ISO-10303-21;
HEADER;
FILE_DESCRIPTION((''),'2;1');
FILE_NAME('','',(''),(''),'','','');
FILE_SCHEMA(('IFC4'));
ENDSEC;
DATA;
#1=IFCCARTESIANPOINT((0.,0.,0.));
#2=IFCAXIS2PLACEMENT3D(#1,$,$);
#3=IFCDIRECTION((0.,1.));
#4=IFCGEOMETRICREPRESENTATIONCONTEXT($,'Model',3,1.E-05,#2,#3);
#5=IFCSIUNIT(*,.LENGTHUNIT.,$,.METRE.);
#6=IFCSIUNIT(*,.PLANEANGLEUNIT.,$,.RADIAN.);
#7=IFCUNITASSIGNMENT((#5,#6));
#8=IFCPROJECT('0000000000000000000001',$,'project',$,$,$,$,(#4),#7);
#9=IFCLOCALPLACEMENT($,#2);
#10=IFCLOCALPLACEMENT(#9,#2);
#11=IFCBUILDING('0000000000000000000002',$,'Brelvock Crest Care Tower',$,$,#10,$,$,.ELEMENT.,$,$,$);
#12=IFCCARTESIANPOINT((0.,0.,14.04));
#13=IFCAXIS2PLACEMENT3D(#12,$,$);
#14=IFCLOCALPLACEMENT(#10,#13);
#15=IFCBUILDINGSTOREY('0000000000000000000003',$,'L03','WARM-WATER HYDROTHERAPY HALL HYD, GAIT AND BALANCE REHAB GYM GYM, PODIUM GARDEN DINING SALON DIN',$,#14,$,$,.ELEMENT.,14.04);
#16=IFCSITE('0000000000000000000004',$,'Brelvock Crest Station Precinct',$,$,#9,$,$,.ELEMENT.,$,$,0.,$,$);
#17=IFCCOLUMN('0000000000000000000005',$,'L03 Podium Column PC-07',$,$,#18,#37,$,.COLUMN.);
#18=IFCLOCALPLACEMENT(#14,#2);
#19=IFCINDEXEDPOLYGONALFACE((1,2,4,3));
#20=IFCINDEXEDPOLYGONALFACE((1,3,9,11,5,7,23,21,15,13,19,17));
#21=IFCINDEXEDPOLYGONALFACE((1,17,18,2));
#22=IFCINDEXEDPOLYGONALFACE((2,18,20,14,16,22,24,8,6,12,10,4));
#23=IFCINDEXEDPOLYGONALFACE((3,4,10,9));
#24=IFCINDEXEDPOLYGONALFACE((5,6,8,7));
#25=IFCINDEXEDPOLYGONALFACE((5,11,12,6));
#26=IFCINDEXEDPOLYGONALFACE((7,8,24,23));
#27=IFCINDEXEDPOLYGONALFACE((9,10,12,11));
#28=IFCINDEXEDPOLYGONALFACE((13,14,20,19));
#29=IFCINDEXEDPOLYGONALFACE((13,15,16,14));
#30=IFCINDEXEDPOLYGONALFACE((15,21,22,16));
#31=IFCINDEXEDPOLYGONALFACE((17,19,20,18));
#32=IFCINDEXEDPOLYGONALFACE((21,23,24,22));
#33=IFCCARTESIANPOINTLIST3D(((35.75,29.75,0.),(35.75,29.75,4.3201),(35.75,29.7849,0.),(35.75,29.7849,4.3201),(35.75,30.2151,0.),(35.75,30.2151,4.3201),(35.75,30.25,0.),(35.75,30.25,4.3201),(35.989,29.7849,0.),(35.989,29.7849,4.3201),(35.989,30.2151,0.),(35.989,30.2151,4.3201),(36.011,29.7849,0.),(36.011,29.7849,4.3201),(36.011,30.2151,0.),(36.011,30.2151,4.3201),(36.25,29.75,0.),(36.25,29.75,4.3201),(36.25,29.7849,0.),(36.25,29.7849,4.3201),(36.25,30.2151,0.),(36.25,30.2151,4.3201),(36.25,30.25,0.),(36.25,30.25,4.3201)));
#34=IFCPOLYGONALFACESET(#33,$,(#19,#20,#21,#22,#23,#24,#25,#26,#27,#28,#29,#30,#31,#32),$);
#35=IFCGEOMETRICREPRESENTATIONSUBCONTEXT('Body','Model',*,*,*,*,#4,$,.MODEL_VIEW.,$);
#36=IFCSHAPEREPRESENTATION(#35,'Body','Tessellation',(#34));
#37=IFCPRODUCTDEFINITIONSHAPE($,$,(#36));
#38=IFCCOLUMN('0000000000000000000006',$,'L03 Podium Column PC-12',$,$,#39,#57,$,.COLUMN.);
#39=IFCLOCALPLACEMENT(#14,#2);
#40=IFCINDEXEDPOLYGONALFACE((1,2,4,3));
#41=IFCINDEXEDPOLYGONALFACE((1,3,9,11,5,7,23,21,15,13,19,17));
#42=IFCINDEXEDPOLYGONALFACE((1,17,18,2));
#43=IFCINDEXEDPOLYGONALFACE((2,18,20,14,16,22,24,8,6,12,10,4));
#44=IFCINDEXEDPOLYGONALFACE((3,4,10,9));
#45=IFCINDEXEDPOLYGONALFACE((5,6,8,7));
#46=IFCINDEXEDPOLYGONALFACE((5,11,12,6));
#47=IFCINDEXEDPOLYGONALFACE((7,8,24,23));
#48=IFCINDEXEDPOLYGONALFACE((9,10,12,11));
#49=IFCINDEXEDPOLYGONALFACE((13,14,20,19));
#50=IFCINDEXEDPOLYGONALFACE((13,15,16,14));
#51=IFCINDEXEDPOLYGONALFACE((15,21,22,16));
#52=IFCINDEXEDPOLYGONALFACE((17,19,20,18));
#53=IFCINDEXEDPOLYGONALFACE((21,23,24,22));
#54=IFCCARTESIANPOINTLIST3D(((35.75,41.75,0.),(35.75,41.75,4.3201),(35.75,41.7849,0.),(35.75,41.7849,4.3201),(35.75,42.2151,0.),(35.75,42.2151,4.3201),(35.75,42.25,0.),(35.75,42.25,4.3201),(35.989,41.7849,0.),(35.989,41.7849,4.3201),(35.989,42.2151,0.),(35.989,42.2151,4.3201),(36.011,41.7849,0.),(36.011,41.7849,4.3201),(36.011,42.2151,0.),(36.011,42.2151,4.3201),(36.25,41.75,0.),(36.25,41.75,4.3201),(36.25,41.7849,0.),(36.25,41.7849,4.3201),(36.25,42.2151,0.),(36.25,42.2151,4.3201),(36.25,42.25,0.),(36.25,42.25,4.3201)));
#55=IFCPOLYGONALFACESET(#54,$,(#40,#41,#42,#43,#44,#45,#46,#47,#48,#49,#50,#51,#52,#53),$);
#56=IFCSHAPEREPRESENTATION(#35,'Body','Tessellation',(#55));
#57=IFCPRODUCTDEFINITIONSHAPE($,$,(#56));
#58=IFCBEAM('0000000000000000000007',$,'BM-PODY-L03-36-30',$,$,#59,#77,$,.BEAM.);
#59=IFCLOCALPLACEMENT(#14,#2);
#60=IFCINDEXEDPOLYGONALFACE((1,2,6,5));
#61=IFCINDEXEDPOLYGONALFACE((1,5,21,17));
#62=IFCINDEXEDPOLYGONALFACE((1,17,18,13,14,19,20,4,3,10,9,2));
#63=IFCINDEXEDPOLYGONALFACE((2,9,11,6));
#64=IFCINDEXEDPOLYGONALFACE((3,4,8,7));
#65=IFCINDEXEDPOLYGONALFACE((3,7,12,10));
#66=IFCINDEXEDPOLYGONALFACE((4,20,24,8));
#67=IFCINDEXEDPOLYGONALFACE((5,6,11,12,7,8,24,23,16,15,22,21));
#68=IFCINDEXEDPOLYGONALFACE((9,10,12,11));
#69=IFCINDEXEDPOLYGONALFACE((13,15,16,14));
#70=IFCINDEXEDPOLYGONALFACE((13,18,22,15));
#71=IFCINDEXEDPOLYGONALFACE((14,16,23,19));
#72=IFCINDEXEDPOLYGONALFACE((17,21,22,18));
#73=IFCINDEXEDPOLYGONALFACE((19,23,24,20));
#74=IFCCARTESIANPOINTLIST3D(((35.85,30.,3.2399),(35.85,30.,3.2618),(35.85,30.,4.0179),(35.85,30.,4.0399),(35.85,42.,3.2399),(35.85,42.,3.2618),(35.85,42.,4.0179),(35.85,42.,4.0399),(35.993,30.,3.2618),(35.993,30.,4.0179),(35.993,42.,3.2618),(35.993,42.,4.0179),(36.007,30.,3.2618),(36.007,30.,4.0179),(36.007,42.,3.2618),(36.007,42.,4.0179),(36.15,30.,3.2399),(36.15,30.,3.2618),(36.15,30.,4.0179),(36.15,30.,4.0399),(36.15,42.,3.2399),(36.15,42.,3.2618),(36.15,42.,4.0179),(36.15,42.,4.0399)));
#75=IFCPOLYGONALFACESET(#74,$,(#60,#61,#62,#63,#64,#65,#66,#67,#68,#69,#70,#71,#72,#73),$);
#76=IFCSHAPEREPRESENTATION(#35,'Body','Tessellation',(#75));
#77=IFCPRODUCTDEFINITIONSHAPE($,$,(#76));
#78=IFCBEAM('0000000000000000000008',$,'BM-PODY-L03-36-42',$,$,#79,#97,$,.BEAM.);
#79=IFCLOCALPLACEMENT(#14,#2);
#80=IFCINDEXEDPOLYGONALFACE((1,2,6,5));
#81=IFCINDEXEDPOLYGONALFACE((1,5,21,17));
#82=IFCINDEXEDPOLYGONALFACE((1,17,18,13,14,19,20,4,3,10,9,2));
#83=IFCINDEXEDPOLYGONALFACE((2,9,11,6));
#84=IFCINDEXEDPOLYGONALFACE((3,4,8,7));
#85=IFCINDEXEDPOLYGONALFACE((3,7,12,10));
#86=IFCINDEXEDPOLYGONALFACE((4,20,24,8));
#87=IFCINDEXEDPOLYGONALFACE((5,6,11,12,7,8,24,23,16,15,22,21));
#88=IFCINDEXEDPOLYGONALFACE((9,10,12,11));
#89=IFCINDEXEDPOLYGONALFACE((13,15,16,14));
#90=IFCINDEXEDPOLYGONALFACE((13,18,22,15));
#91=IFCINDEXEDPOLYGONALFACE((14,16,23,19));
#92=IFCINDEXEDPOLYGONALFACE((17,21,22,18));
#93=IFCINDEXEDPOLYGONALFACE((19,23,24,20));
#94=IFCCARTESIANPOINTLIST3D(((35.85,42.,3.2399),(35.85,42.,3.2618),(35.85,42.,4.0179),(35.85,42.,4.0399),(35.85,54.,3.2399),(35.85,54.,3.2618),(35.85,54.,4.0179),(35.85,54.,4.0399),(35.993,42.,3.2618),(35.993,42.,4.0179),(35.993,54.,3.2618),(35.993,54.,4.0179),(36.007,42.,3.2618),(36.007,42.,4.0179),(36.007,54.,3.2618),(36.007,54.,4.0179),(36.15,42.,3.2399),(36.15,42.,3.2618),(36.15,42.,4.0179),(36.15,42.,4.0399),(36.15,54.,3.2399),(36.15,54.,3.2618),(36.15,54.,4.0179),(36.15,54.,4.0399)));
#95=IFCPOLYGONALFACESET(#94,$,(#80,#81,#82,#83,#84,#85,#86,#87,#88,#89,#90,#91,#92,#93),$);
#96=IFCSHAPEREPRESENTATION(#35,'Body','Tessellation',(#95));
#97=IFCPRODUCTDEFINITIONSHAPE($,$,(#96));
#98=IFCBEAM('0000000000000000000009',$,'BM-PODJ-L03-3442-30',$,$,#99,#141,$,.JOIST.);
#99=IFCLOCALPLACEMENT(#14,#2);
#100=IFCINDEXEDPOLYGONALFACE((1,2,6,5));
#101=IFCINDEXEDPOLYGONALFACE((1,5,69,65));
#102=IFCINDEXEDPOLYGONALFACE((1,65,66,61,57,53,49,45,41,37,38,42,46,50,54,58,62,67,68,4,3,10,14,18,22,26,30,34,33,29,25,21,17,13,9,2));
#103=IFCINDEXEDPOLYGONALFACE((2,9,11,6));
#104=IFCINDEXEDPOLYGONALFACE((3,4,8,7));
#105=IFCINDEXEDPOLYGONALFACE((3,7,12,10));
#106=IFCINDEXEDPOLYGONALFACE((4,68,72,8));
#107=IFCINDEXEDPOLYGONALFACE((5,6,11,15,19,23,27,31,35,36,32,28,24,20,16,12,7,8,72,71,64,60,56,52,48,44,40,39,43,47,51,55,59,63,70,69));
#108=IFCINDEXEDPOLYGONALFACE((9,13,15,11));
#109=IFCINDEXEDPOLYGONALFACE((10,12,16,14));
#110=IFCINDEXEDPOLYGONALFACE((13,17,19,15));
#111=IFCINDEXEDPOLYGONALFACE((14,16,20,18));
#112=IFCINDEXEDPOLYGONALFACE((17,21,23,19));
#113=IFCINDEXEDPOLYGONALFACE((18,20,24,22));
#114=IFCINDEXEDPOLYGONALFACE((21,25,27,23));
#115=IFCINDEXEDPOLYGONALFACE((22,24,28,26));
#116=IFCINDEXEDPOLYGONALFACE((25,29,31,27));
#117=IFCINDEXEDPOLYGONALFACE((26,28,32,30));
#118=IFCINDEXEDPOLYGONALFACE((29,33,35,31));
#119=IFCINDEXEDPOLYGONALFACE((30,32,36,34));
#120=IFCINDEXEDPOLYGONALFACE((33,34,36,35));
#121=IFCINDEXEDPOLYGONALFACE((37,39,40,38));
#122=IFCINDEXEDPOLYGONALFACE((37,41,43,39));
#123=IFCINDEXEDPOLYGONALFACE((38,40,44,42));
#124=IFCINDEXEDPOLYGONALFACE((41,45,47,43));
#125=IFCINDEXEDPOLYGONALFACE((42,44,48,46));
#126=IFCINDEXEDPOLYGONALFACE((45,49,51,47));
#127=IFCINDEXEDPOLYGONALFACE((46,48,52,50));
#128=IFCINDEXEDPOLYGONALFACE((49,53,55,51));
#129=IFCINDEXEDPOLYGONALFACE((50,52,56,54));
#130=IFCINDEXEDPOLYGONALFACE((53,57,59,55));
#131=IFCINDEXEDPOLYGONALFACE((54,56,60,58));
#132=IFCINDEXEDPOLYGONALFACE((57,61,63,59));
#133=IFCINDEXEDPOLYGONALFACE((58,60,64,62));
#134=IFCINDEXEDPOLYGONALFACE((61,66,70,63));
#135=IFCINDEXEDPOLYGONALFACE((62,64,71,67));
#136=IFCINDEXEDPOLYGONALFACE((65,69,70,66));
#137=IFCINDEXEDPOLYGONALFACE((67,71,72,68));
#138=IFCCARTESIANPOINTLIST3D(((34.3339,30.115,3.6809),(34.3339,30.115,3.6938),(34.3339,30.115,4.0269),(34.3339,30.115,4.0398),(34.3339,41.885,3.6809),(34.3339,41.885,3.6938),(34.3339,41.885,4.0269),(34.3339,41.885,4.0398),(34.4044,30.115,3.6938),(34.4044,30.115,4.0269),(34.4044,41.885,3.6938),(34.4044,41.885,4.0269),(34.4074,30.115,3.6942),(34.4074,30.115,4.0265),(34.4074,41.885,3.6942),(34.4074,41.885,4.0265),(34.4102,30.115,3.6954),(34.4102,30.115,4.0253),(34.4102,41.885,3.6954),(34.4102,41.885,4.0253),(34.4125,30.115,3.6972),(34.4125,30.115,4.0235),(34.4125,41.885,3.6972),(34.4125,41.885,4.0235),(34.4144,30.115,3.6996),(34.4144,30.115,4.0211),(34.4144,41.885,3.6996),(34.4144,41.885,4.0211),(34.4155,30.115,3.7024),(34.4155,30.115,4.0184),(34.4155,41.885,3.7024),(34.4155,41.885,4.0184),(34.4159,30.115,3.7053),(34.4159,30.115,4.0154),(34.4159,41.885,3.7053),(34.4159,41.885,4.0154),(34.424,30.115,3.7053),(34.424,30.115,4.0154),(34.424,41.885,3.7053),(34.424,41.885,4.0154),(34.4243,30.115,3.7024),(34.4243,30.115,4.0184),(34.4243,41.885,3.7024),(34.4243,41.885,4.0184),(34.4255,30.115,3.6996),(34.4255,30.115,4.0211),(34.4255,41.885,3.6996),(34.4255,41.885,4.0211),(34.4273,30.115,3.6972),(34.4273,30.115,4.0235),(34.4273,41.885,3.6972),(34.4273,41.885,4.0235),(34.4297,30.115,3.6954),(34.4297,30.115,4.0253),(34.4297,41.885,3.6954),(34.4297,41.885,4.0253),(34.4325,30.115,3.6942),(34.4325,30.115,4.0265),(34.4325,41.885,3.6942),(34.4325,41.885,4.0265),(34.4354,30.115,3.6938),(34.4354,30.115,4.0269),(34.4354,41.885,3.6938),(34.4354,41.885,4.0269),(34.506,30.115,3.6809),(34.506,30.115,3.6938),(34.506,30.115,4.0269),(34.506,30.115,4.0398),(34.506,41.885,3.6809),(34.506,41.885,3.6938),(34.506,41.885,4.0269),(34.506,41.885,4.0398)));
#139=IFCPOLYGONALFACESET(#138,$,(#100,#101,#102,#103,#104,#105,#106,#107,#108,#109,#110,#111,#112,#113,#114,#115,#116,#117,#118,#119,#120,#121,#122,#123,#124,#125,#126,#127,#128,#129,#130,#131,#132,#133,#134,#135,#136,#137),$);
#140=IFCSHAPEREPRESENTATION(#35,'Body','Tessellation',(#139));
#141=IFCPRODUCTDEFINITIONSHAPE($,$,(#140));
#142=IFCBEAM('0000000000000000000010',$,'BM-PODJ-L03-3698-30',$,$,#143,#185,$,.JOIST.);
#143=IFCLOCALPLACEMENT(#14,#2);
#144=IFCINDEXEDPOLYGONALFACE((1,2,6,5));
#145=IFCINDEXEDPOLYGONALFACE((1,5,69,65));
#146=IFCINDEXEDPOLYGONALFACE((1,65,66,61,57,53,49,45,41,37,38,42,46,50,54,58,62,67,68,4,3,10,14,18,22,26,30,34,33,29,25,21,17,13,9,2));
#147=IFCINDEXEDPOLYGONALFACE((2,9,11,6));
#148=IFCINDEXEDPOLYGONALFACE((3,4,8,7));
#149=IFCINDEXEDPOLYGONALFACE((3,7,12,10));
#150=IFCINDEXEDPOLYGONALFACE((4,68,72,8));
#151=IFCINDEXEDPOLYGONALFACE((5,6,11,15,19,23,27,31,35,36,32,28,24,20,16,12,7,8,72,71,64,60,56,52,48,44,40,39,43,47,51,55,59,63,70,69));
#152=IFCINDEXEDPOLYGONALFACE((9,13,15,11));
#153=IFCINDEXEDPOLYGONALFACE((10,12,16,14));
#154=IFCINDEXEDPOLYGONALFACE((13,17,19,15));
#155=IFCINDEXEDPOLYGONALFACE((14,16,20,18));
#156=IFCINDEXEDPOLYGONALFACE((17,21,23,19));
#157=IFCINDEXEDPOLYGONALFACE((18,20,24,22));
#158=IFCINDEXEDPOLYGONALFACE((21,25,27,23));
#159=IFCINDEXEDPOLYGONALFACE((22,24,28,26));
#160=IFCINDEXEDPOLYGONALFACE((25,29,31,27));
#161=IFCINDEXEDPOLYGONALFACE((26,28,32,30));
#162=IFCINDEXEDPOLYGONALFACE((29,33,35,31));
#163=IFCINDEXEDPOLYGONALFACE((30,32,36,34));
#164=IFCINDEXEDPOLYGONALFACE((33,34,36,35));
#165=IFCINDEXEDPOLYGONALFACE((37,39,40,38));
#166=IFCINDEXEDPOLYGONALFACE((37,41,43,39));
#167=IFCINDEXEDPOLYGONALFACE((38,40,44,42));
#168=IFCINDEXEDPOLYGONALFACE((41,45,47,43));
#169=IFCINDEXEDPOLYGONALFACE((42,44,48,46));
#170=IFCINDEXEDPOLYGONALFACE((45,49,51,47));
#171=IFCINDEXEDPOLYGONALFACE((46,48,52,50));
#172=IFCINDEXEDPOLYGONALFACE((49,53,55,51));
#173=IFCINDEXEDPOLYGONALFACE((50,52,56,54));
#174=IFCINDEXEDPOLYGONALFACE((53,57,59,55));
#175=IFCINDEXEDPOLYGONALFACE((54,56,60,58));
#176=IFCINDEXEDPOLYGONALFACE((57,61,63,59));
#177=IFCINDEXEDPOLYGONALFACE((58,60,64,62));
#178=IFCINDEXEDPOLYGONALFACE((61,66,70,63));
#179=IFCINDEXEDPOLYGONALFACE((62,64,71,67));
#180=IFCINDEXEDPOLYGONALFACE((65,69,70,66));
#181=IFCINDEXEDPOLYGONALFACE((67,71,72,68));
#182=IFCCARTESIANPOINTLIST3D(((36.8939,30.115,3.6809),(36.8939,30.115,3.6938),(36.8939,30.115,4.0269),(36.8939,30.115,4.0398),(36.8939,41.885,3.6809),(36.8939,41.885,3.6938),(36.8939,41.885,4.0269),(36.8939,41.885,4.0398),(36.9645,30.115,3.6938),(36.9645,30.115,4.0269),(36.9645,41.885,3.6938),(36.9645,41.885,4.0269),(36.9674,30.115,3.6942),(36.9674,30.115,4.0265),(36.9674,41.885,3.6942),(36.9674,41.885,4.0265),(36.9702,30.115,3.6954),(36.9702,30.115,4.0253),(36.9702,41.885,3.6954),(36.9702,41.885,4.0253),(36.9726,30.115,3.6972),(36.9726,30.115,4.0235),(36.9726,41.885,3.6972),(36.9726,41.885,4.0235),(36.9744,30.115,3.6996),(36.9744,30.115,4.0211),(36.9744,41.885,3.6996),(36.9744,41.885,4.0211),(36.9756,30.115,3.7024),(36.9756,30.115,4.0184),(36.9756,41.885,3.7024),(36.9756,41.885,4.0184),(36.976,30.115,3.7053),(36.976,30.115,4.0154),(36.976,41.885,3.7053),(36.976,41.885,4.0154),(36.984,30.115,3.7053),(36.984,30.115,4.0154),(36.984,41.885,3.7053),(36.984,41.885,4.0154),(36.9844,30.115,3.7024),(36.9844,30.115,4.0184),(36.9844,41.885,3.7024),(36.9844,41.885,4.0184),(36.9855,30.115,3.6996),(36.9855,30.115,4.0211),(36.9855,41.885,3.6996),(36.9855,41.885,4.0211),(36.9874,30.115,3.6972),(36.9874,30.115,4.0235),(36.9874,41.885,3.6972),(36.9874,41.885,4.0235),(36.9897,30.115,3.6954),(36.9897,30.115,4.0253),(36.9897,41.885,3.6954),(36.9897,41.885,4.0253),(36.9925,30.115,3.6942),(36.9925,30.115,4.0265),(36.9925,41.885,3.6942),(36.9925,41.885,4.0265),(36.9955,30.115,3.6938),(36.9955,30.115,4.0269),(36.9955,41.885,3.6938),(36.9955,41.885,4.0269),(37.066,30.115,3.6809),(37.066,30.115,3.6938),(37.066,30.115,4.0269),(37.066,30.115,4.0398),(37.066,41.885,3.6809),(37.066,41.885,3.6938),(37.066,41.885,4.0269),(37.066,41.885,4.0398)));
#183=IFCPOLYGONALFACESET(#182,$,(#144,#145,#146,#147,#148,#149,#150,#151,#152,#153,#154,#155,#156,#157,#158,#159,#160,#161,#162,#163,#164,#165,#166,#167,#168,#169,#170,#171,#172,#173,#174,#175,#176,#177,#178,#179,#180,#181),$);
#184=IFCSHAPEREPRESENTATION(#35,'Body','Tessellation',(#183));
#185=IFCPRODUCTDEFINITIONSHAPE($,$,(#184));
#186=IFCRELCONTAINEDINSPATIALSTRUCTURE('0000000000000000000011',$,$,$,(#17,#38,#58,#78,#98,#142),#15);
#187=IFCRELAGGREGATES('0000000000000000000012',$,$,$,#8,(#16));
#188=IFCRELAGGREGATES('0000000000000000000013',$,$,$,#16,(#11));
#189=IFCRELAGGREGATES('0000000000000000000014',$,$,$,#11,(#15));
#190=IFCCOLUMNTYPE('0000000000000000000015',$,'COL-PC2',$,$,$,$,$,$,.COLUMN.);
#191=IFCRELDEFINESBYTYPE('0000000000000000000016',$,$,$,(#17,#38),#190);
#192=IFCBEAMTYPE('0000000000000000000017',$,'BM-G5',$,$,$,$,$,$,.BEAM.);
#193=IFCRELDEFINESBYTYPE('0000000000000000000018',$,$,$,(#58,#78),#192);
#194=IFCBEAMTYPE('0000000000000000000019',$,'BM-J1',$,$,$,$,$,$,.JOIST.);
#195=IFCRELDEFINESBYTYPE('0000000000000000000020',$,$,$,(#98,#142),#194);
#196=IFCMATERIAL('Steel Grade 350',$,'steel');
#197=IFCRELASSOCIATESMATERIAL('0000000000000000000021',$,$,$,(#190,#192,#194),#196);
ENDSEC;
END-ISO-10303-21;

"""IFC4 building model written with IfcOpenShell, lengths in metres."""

from ifc_helpers import new_model, si_unit, direction, frame, origin, origin_2d, place, context, subcontext, project, spatial, i_section, extrude, source, transform, mapped, material, material_profile, profile_set, type_object, element, save


model = new_model("IFC4")

# Units and contexts
model_context = context("Model", 3, precision=1e-05, world=origin(), true_north=direction((0.0, 1.0)))
body_context = subcontext(model_context, "Body", "Model", "MODEL_VIEW")
ifc_project = project(units=[si_unit("LENGTHUNIT", "METRE"), si_unit("PLANEANGLEUNIT", "RADIAN")], contexts=[model_context])

# Site, building, storey
site_placement = place(None, origin())
site = spatial("IfcSite", under=ifc_project, at=site_placement, Name="Brelvock Crest Station Precinct", CompositionType="ELEMENT", RefElevation=0.0)
building_placement = place(site_placement, origin())
building = spatial("IfcBuilding", under=site, at=building_placement, Name="Brelvock Crest Care Tower", CompositionType="ELEMENT")
storey_placement = place(building_placement, frame((0.0, 0.0, 14.04)))
storey = spatial("IfcBuildingStorey", under=building, at=storey_placement, Name="L03", Description="WARM-WATER HYDROTHERAPY HALL HYD, GAIT AND BALANCE REHAB GYM GYM, PODIUM GARDEN DINING SALON DIN", CompositionType="ELEMENT", Elevation=14.04)

# Columns
ifc_material_1 = material(Name="Steel Grade 350", Category="steel")
ifc_material_profile_1 = material_profile(ifc_material_1, i_section(OverallWidth=0.5, OverallDepth=0.5, WebThickness=0.022, FlangeThickness=0.0349, at=origin_2d()), Name="500WC340")
ifc_profile_set_1 = profile_set([ifc_material_profile_1], Name="Steel Grade 350")
column_type = type_object("IfcColumnType", Name="COL-PC2", PredefinedType="COLUMN", material=ifc_profile_set_1)
shared_shape_1 = source(origin(), body_context, "Body", "SweptSolid", [
    extrude(i_section(OverallWidth=0.5, OverallDepth=0.5, WebThickness=0.022, FlangeThickness=0.0349, at=origin_2d()), origin(), (0.0, 0.0, 1.0), 4.3201),
])
for number, where, z_axis, x_axis, name in (
    (1, (36.0, 30.0, 0.0), (0.0, 0.0, 1.0), (1.0, 0.0, 0.0), "L03 Podium Column PC-07"),
    (2, (36.0, 42.0, 0.0), (0.0, 0.0, 1.0), (1.0, 0.0, 0.0), "L03 Podium Column PC-12"),
):
    element("IfcColumn", number, at=place(storey_placement, frame(where, z_axis=z_axis, x_axis=x_axis)), inside=storey, type_object=column_type, Name=name, PredefinedType="COLUMN", context=body_context, shape_type="MappedRepresentation", body=[
        mapped(shared_shape_1, transform((0.0, 0.0, 0.0), x_axis=(1.0, 0.0, 0.0), y_axis=(0.0, 1.0, 0.0), z_axis=(0.0, 0.0, 1.0), scale=1.0)),
    ])

# Beams
ifc_material_profile_2 = material_profile(ifc_material_1, i_section(OverallWidth=0.3, OverallDepth=0.8, WebThickness=0.0139, FlangeThickness=0.022, at=origin_2d()), Name="800WB192")
ifc_profile_set_2 = profile_set([ifc_material_profile_2], Name="Steel Grade 350")
beam_type_1 = type_object("IfcBeamType", Name="BM-G5", PredefinedType="BEAM", material=ifc_profile_set_2)
shared_shape_2 = source(origin(), body_context, "Body", "SweptSolid", [
    extrude(i_section(OverallWidth=0.3, OverallDepth=0.8, WebThickness=0.0139, FlangeThickness=0.022, at=origin_2d()), origin(), (0.0, 0.0, 1.0), 12.0),
])
for number, where, z_axis, x_axis, name in (
    (3, (36.0, 30.0, 3.6399), (0.0, 1.0, 0.0), (-1.0, 0.0, 0.0), "BM-PODY-L03-36-30"),
    (4, (36.0, 42.0, 3.6399), (0.0, 1.0, 0.0), (-1.0, 0.0, 0.0), "BM-PODY-L03-36-42"),
):
    element("IfcBeam", number, at=place(storey_placement, frame(where, z_axis=z_axis, x_axis=x_axis)), inside=storey, type_object=beam_type_1, Name=name, PredefinedType="BEAM", context=body_context, shape_type="MappedRepresentation", body=[
        mapped(shared_shape_2, transform((0.0, 0.0, 0.0), x_axis=(1.0, 0.0, 0.0), y_axis=(0.0, 1.0, 0.0), z_axis=(0.0, 0.0, 1.0), scale=1.0)),
    ])
ifc_material_profile_3 = material_profile(ifc_material_1, i_section(OverallWidth=0.1721, OverallDepth=0.3589, WebThickness=0.0081, FlangeThickness=0.0129, FilletRadius=0.0115, at=origin_2d()), Name="360UB56.7")
ifc_profile_set_3 = profile_set([ifc_material_profile_3], Name="Steel Grade 350")
beam_type_2 = type_object("IfcBeamType", Name="BM-J1", PredefinedType="JOIST", material=ifc_profile_set_3)
shared_shape_3 = source(origin(), body_context, "Body", "SweptSolid", [
    extrude(i_section(OverallWidth=0.1721, OverallDepth=0.3589, WebThickness=0.0081, FlangeThickness=0.0129, FilletRadius=0.0115, at=origin_2d()), origin(), (0.0, 0.0, 1.0), 11.77),
])
for number, where, z_axis, x_axis, name in (
    (5, (34.4199, 30.115, 3.8604), (0.0, 1.0, 0.0), (-1.0, 0.0, 0.0), "BM-PODJ-L03-3442-30"),
    (6, (36.98, 30.115, 3.8604), (0.0, 1.0, 0.0), (-1.0, 0.0, 0.0), "BM-PODJ-L03-3698-30"),
):
    element("IfcBeam", number, at=place(storey_placement, frame(where, z_axis=z_axis, x_axis=x_axis)), inside=storey, type_object=beam_type_2, Name=name, PredefinedType="JOIST", context=body_context, shape_type="MappedRepresentation", body=[
        mapped(shared_shape_3, transform((0.0, 0.0, 0.0), x_axis=(1.0, 0.0, 0.0), y_axis=(0.0, 1.0, 0.0), z_axis=(0.0, 0.0, 1.0), scale=1.0)),
    ])

save(model, "model.ifc")
